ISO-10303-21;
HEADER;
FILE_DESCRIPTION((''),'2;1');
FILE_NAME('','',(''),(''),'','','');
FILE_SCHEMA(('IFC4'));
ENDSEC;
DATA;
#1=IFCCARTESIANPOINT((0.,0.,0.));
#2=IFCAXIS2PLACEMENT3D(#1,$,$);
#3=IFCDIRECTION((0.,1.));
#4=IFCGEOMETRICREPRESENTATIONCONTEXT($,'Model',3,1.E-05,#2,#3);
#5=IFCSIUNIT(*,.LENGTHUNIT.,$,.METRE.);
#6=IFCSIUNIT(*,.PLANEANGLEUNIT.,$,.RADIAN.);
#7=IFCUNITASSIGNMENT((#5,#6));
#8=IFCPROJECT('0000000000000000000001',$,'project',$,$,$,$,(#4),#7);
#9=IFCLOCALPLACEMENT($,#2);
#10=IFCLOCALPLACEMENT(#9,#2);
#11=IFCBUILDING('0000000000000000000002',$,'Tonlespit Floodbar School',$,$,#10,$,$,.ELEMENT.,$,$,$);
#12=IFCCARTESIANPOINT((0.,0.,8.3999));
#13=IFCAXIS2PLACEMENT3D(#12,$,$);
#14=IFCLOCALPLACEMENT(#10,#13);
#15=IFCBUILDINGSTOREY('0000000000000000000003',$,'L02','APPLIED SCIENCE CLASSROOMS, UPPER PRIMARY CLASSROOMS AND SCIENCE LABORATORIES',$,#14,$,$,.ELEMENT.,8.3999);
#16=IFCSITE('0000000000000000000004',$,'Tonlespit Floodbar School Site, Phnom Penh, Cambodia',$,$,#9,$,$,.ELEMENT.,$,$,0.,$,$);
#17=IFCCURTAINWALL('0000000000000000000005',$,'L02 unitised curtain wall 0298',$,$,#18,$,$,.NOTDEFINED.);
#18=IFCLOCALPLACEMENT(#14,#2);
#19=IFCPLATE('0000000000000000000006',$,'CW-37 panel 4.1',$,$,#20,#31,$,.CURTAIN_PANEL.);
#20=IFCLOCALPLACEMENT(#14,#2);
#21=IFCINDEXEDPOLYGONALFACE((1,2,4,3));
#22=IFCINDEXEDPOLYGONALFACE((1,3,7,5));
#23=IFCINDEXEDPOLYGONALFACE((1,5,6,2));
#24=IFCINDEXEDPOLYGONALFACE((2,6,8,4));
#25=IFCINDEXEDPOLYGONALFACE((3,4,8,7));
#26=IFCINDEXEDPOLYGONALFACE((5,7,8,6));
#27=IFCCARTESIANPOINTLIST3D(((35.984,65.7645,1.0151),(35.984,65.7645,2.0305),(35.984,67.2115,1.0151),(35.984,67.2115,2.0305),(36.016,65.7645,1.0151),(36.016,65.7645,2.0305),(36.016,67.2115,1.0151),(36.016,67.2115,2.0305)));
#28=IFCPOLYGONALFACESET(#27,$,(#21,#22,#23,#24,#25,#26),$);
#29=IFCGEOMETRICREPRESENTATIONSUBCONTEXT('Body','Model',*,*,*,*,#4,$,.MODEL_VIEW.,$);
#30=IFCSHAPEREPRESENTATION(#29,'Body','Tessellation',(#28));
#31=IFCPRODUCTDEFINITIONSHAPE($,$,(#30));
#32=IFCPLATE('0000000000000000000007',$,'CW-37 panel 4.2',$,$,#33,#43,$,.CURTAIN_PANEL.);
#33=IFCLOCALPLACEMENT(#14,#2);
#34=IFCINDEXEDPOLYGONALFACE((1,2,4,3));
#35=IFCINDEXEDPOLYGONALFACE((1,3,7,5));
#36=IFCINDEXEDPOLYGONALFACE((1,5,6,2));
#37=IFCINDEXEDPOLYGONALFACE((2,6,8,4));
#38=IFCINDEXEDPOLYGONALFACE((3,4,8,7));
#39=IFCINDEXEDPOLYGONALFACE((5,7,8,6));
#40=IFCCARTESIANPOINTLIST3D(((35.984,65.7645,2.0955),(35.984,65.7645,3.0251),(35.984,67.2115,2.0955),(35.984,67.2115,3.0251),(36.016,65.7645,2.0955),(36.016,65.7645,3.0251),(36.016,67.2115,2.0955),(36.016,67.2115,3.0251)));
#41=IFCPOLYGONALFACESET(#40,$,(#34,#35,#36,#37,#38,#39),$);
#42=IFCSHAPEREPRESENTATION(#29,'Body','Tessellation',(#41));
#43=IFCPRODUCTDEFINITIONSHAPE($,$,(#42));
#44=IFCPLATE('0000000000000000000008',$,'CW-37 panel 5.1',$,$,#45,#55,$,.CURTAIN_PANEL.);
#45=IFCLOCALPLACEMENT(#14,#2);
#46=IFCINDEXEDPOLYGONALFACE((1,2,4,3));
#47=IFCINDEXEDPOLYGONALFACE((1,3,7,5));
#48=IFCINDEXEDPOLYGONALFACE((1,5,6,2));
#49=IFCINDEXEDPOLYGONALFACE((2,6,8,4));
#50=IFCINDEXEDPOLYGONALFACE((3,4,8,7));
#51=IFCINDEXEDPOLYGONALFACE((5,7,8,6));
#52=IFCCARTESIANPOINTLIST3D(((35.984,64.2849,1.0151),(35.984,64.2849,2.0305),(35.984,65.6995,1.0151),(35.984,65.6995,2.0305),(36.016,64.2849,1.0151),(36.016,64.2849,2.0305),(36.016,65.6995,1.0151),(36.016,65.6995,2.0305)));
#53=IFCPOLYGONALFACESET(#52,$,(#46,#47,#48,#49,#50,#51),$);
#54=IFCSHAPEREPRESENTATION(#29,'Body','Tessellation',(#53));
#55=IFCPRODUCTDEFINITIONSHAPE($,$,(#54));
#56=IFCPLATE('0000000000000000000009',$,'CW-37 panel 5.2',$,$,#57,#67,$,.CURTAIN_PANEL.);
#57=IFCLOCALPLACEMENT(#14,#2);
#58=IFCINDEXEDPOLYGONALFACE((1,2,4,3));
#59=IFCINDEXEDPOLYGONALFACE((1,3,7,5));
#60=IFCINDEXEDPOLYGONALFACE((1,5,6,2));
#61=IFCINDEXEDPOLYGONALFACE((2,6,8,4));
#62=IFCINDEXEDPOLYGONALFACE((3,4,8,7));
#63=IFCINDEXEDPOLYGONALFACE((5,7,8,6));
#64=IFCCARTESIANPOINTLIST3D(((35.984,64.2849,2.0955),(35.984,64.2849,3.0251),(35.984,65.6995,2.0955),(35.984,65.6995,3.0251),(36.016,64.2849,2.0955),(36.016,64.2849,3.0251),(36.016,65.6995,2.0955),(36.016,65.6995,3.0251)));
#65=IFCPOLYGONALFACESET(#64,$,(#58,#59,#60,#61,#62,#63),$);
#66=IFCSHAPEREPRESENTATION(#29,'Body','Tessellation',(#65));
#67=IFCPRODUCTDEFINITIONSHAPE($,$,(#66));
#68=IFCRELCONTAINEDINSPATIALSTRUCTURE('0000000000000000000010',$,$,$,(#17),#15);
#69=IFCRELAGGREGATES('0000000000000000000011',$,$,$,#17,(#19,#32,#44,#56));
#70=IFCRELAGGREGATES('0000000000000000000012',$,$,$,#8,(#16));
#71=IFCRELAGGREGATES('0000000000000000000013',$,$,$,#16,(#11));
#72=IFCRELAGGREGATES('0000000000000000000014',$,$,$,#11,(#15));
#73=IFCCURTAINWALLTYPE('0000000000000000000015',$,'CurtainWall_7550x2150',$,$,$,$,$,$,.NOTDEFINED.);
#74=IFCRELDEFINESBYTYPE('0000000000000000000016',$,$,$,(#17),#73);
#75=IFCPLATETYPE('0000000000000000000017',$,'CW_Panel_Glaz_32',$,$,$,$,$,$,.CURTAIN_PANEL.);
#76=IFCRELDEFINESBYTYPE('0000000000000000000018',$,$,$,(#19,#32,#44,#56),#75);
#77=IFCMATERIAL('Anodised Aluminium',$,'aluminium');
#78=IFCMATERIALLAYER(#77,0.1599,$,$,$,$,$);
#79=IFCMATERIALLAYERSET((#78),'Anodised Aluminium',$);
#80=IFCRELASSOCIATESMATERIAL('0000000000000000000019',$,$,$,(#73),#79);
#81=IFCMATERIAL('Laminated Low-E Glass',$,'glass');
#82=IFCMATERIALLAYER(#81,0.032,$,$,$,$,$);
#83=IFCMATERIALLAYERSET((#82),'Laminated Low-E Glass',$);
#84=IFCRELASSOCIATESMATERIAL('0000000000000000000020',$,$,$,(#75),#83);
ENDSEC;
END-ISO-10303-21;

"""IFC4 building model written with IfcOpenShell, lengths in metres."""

from ifc_helpers import new_model, si_unit, direction, frame, origin, origin_2d, place, context, subcontext, project, spatial, rectangle, extrude, material, layer, layer_set, type_object, element, aggregate, save


model = new_model("IFC4")

# Units and contexts
model_context = context("Model", 3, precision=1e-05, world=origin(), true_north=direction((0.0, 1.0)))
body_context = subcontext(model_context, "Body", "Model", "MODEL_VIEW")
ifc_project = project(units=[si_unit("LENGTHUNIT", "METRE"), si_unit("PLANEANGLEUNIT", "RADIAN")], contexts=[model_context])

# Site, building, storey
site_placement = place(None, origin())
site = spatial("IfcSite", under=ifc_project, at=site_placement, Name="Tonlespit Floodbar School Site, Phnom Penh, Cambodia", CompositionType="ELEMENT", RefElevation=0.0)
building_placement = place(site_placement, origin())
building = spatial("IfcBuilding", under=site, at=building_placement, Name="Tonlespit Floodbar School", CompositionType="ELEMENT")
storey_placement = place(building_placement, frame((0.0, 0.0, 8.3999)))
storey = spatial("IfcBuildingStorey", under=building, at=storey_placement, Name="L02", Description="APPLIED SCIENCE CLASSROOMS, UPPER PRIMARY CLASSROOMS AND SCIENCE LABORATORIES", CompositionType="ELEMENT", Elevation=8.3999)

# Curtain wall, plates
ifc_material_1 = material(Name="Anodised Aluminium", Category="aluminium")
ifc_layer_1 = layer(ifc_material_1, 0.1599)
ifc_layer_set_1 = layer_set([ifc_layer_1], Name="Anodised Aluminium")
curtain_wall_type = type_object("IfcCurtainWallType", Name="CurtainWall_7550x2150", PredefinedType="NOTDEFINED", material=ifc_layer_set_1)
curtain_wall_placement = place(storey_placement, origin())
curtain_wall = element("IfcCurtainWall", 1, at=curtain_wall_placement, inside=storey, type_object=curtain_wall_type, Name="L02 unitised curtain wall 0298", PredefinedType="NOTDEFINED")
ifc_material_2 = material(Name="Laminated Low-E Glass", Category="glass")
ifc_layer_2 = layer(ifc_material_2, 0.032)
ifc_layer_set_2 = layer_set([ifc_layer_2], Name="Laminated Low-E Glass")
plate_type = type_object("IfcPlateType", Name="CW_Panel_Glaz_32", PredefinedType="CURTAIN_PANEL", material=ifc_layer_set_2)
plate_1_placement = place(storey_placement, frame((36.0, 66.488, 1.0151), z_axis=(0.0, 0.0, 1.0), x_axis=(0.0, -1.0, 0.0)))
plate_1 = element("IfcPlate", 2, at=plate_1_placement, type_object=plate_type, Name="CW-37 panel 4.1", PredefinedType="CURTAIN_PANEL", context=body_context, shape_type="SweptSolid", body=[
    extrude(rectangle(XDim=1.447, YDim=0.032, at=origin_2d()), origin(), (0.0, 0.0, 1.0), 1.0154),
])
plate_2_placement = place(storey_placement, frame((36.0, 66.488, 2.0955), z_axis=(0.0, 0.0, 1.0), x_axis=(0.0, -1.0, 0.0)))
plate_2 = element("IfcPlate", 3, at=plate_2_placement, type_object=plate_type, Name="CW-37 panel 4.2", PredefinedType="CURTAIN_PANEL", context=body_context, shape_type="SweptSolid", body=[
    extrude(rectangle(XDim=1.447, YDim=0.032, at=origin_2d()), origin(), (0.0, 0.0, 1.0), 0.9297),
])
plate_3_placement = place(storey_placement, frame((36.0, 64.9922, 1.0151), z_axis=(0.0, 0.0, 1.0), x_axis=(0.0, -1.0, 0.0)))
plate_3 = element("IfcPlate", 4, at=plate_3_placement, type_object=plate_type, Name="CW-37 panel 5.1", PredefinedType="CURTAIN_PANEL", context=body_context, shape_type="SweptSolid", body=[
    extrude(rectangle(XDim=1.4146, YDim=0.032, at=origin_2d()), origin(), (0.0, 0.0, 1.0), 1.0154),
])
plate_4_placement = place(storey_placement, frame((36.0, 64.9922, 2.0955), z_axis=(0.0, 0.0, 1.0), x_axis=(0.0, -1.0, 0.0)))
plate_4 = element("IfcPlate", 5, at=plate_4_placement, type_object=plate_type, Name="CW-37 panel 5.2", PredefinedType="CURTAIN_PANEL", context=body_context, shape_type="SweptSolid", body=[
    extrude(rectangle(XDim=1.4146, YDim=0.032, at=origin_2d()), origin(), (0.0, 0.0, 1.0), 0.9297),
])
aggregate(curtain_wall, [plate_1, plate_2, plate_3, plate_4])

save(model, "model.ifc")
